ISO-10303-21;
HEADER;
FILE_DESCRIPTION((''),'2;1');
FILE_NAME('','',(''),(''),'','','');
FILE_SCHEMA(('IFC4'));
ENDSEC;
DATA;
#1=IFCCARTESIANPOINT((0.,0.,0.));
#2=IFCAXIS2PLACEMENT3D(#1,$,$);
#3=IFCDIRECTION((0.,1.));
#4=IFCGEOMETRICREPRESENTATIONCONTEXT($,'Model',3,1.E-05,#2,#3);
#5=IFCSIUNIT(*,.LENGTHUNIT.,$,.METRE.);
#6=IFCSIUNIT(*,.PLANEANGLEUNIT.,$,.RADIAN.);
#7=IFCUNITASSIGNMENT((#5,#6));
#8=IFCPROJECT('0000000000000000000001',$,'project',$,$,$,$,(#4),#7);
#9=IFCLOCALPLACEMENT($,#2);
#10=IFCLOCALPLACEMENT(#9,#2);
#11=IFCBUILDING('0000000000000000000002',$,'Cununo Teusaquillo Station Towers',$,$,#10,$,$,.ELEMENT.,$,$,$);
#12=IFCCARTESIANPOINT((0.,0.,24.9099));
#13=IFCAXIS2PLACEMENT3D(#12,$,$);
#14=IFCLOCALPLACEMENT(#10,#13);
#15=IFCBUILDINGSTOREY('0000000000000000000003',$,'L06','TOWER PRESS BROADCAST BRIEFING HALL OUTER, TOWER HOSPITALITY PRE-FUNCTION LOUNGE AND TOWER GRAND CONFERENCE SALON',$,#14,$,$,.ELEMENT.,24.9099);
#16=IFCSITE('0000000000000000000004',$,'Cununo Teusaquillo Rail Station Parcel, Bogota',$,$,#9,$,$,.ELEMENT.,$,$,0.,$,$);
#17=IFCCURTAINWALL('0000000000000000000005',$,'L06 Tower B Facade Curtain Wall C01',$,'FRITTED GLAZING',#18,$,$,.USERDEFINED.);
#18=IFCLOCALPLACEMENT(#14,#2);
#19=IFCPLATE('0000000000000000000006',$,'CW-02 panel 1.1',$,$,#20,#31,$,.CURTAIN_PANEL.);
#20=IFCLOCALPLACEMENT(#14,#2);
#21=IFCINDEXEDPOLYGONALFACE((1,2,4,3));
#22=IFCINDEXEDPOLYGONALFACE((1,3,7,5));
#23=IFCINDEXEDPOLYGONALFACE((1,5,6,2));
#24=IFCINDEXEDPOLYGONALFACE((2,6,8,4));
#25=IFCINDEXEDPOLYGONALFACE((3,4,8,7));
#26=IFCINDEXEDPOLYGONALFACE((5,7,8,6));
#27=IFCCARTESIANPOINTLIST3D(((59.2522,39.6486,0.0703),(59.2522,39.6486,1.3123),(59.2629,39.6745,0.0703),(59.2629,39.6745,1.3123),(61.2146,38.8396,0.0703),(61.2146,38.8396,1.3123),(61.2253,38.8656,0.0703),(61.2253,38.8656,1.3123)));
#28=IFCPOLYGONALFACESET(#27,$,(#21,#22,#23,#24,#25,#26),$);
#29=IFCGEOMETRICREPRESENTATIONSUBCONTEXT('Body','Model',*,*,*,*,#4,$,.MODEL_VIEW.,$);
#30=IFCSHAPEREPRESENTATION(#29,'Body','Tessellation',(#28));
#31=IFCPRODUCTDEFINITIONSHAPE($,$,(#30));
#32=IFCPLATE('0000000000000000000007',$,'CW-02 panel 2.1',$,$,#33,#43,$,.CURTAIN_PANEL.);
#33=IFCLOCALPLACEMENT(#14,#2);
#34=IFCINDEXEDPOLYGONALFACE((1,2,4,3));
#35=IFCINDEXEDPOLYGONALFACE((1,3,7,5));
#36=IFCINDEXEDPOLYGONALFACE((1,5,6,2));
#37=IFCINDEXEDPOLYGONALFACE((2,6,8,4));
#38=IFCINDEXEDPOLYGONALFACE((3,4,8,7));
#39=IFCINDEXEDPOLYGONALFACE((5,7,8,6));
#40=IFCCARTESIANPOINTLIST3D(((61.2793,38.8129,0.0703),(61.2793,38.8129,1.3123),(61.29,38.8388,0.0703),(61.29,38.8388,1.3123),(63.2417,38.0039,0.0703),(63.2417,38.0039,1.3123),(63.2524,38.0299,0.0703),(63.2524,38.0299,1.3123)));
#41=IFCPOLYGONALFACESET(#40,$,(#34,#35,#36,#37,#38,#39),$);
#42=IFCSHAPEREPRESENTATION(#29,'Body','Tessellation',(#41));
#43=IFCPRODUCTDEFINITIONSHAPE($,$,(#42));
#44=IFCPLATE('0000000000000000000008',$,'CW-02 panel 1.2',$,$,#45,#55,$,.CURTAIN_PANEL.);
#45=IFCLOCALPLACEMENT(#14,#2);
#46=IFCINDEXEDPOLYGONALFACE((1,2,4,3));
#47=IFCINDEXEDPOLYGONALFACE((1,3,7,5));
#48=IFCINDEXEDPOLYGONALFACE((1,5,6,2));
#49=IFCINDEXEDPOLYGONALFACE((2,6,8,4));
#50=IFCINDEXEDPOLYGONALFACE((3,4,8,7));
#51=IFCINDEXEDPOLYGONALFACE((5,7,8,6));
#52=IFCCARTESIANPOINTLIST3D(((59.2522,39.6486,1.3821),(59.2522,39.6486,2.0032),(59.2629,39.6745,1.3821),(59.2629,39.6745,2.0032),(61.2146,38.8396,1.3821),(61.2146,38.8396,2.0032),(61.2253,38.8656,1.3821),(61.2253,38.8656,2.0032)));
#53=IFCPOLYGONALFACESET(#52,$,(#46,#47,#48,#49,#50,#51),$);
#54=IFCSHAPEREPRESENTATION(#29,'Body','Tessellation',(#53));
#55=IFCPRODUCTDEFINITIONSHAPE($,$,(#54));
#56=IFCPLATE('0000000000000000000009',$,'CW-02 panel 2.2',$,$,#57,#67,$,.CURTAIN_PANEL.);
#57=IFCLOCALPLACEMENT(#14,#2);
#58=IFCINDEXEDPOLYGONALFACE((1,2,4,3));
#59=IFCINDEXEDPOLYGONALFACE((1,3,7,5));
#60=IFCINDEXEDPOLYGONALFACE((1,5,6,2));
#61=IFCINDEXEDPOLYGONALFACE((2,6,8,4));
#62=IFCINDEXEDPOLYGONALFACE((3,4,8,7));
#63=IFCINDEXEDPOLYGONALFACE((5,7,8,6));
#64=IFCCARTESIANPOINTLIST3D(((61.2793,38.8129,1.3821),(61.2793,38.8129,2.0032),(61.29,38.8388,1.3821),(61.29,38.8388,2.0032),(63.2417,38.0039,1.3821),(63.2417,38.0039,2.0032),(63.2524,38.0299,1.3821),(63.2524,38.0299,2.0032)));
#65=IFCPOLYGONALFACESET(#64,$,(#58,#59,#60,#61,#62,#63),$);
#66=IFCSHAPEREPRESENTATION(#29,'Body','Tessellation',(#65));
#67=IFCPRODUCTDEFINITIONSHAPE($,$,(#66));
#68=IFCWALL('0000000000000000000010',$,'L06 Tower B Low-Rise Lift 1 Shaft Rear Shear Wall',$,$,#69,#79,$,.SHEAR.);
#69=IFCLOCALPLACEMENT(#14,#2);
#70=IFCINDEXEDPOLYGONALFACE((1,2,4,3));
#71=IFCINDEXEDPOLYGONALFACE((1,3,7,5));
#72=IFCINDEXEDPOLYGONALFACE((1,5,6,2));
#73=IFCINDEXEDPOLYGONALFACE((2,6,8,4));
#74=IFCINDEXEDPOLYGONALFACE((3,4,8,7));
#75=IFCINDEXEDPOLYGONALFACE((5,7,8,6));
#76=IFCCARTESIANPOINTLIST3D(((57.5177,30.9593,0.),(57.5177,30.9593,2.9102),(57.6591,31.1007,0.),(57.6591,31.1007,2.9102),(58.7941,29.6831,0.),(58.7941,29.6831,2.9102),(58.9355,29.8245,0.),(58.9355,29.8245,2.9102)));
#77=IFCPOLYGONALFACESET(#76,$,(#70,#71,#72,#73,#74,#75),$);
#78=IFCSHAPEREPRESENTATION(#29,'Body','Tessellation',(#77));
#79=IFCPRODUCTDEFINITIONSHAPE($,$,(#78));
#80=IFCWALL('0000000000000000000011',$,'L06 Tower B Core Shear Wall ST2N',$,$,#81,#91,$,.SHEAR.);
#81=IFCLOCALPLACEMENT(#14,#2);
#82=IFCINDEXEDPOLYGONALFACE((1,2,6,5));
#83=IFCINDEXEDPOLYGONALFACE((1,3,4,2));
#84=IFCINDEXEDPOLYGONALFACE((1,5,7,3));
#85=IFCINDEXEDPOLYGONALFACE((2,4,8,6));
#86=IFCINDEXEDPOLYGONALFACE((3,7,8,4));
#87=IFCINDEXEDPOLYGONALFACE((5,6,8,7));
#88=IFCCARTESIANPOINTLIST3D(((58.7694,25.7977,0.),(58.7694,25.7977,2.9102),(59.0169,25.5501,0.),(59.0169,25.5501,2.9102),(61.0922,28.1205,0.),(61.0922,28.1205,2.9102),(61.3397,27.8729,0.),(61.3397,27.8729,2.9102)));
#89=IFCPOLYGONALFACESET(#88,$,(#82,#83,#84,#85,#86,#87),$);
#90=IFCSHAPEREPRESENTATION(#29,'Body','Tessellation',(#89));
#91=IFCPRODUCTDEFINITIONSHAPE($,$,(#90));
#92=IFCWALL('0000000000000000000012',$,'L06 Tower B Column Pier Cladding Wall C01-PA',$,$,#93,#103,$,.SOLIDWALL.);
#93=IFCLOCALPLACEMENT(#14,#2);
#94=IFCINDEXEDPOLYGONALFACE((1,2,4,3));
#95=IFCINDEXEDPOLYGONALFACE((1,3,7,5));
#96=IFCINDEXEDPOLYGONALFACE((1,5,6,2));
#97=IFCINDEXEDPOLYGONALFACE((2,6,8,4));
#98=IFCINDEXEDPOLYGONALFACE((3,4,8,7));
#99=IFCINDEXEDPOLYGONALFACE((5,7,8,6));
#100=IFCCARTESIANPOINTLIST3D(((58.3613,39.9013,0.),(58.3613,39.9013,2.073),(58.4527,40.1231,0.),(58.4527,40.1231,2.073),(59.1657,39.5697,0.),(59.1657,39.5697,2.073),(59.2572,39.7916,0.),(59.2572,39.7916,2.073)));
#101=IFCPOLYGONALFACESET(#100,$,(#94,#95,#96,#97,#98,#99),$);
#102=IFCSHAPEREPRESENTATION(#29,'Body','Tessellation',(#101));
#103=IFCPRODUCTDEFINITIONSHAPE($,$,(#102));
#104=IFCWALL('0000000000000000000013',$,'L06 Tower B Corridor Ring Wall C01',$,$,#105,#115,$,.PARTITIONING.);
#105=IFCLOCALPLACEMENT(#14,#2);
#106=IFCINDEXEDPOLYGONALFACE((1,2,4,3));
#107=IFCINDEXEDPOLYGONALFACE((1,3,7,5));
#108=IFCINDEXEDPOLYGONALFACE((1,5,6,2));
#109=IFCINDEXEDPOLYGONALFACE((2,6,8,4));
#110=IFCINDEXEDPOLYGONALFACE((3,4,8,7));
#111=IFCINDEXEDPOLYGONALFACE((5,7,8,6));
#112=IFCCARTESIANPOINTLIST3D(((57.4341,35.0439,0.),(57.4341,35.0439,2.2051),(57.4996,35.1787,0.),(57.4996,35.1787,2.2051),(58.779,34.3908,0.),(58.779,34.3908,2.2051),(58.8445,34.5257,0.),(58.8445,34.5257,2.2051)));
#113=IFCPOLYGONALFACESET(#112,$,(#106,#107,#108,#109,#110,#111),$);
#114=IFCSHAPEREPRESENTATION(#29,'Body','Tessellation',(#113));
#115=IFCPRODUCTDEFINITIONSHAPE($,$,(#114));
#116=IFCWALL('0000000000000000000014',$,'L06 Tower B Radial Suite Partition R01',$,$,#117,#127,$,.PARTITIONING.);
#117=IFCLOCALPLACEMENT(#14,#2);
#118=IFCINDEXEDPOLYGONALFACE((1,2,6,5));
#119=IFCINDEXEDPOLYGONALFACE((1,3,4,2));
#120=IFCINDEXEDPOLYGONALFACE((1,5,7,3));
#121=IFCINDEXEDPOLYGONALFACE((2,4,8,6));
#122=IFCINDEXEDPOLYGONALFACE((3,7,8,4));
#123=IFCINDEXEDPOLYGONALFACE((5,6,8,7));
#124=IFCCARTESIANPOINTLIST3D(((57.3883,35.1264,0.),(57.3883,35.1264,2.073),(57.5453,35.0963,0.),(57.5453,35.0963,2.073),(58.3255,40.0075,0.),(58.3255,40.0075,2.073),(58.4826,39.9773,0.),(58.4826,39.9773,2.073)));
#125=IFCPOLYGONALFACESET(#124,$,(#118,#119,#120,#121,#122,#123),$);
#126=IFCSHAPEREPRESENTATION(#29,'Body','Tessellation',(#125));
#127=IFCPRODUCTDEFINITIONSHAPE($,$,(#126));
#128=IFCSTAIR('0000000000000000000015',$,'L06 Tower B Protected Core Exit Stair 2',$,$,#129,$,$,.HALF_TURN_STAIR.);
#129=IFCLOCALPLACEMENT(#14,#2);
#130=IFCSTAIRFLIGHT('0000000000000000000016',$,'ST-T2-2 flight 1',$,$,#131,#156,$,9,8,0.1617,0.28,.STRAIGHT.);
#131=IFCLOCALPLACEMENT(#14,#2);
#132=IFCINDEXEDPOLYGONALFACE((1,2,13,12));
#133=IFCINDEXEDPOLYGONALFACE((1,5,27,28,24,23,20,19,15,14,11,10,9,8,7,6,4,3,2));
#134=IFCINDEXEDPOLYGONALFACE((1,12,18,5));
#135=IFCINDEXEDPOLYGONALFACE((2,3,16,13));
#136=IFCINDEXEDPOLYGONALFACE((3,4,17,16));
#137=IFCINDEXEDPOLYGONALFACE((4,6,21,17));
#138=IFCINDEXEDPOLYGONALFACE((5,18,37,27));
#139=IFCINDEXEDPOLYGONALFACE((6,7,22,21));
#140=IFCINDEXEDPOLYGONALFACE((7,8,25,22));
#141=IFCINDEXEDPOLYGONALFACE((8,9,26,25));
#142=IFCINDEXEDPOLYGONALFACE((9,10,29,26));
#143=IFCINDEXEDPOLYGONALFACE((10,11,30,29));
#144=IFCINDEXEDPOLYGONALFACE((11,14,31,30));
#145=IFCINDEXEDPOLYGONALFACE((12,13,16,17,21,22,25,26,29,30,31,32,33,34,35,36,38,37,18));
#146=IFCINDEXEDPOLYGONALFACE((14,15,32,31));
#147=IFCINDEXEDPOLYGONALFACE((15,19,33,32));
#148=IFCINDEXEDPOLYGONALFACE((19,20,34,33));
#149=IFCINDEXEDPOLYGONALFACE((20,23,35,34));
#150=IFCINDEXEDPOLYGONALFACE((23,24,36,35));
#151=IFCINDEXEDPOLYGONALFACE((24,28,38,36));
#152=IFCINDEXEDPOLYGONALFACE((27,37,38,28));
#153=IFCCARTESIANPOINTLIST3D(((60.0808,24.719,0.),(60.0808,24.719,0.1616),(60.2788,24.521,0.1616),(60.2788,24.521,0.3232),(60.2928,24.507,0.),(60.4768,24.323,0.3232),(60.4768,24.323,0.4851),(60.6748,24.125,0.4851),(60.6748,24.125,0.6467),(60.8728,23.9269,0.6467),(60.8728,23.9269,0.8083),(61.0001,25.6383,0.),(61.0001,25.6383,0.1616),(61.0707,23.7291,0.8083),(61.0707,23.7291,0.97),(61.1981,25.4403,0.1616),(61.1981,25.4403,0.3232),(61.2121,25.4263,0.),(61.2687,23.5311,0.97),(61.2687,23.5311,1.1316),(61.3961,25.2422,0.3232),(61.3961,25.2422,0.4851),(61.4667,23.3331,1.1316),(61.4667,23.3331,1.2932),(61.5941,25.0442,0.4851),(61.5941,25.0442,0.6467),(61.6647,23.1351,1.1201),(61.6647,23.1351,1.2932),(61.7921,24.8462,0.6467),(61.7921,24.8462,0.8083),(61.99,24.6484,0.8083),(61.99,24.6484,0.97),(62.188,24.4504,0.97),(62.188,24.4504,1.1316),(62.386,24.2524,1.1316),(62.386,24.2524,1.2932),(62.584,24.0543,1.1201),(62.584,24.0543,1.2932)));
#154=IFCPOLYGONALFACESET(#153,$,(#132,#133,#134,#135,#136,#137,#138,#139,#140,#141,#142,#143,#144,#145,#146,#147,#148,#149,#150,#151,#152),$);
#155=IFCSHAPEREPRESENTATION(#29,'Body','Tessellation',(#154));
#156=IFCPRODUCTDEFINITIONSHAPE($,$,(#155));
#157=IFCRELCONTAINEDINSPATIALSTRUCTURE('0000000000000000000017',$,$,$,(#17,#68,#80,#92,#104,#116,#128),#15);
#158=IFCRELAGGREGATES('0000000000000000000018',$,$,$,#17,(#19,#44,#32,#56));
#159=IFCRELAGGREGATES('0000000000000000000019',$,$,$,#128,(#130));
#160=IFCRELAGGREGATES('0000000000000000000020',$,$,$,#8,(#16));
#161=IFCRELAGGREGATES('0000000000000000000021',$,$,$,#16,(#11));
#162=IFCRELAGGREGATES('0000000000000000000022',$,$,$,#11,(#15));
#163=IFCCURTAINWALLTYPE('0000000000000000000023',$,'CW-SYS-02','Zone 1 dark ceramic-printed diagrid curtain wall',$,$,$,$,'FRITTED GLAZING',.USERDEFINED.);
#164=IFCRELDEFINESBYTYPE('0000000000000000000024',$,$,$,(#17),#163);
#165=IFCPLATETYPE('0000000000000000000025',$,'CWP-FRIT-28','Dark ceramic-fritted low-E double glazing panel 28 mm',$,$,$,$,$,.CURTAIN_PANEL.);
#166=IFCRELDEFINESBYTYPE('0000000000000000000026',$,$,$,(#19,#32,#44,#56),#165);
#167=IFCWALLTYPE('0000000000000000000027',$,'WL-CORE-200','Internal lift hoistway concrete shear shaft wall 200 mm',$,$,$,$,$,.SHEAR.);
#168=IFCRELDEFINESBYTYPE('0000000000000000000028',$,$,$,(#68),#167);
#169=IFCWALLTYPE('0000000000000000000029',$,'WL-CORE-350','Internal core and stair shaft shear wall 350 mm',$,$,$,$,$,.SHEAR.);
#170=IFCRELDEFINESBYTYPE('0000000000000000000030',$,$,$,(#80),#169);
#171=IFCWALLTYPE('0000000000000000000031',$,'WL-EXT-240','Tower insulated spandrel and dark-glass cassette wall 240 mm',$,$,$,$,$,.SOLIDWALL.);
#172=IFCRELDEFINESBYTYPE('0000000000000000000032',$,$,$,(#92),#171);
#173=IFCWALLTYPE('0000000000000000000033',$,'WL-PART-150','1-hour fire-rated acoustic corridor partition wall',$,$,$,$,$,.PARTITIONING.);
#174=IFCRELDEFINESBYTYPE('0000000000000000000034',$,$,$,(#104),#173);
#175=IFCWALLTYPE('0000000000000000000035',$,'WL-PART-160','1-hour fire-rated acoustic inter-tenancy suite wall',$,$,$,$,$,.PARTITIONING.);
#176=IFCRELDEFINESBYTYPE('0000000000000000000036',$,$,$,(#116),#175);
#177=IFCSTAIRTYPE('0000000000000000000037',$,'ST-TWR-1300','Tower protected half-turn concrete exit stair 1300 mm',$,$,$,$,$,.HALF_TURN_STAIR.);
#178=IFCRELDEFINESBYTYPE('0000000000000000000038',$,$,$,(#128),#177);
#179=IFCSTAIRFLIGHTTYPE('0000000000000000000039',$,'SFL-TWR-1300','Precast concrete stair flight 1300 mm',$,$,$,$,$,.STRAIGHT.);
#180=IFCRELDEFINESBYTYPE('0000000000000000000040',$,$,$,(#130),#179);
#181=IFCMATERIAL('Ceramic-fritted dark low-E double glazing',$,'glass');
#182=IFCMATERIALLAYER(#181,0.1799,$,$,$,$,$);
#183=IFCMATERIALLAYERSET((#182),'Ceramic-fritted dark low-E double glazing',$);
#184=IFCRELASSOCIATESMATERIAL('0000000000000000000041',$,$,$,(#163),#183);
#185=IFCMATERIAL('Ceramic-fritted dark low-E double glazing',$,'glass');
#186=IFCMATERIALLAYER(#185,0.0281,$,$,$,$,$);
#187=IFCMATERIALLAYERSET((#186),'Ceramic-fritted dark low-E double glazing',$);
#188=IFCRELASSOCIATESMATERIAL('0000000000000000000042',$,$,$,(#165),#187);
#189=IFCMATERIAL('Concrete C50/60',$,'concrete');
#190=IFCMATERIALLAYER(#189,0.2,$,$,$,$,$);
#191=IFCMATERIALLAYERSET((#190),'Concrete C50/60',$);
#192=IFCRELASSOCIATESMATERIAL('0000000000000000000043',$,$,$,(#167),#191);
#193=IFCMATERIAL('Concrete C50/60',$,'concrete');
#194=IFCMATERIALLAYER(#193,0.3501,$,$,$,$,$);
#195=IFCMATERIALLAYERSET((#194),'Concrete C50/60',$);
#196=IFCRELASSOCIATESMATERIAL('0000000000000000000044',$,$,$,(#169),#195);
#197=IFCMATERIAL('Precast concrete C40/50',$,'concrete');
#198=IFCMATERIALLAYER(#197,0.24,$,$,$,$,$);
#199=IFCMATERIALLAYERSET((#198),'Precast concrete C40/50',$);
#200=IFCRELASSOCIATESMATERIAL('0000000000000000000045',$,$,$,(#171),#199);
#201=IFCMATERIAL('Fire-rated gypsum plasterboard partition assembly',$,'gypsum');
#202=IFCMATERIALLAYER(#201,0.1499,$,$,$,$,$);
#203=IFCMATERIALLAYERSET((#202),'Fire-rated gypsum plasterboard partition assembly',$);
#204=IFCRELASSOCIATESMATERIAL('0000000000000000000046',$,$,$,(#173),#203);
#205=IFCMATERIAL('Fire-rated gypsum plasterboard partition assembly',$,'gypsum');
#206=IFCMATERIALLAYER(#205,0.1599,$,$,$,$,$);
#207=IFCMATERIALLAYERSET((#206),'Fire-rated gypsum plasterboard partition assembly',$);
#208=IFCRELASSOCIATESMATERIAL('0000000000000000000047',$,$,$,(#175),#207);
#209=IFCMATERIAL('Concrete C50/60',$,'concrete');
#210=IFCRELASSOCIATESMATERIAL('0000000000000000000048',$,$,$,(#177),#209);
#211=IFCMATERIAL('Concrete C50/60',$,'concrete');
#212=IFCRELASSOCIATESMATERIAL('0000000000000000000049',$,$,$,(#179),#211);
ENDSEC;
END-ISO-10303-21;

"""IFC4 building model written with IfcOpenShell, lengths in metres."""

from ifc_helpers import new_model, si_unit, direction, frame, frame_2d, origin, origin_2d, place, context, subcontext, project, spatial, polyline, rectangle, outline, extrude, source, transform, mapped, material, layer, layer_set, type_object, element, aggregate, save


model = new_model("IFC4")

# Units and contexts
model_context = context("Model", 3, precision=1e-05, world=origin(), true_north=direction((0.0, 1.0)))
body_context = subcontext(model_context, "Body", "Model", "MODEL_VIEW")
ifc_project = project(units=[si_unit("LENGTHUNIT", "METRE"), si_unit("PLANEANGLEUNIT", "RADIAN")], contexts=[model_context])

# Site, building, storey
site_placement = place(None, origin())
site = spatial("IfcSite", under=ifc_project, at=site_placement, Name="Cununo Teusaquillo Rail Station Parcel, Bogota", CompositionType="ELEMENT", RefElevation=0.0)
building_placement = place(site_placement, origin())
building = spatial("IfcBuilding", under=site, at=building_placement, Name="Cununo Teusaquillo Station Towers", CompositionType="ELEMENT")
storey_placement = place(building_placement, frame((0.0, 0.0, 24.9099)))
storey = spatial("IfcBuildingStorey", under=building, at=storey_placement, Name="L06", Description="TOWER PRESS BROADCAST BRIEFING HALL OUTER, TOWER HOSPITALITY PRE-FUNCTION LOUNGE AND TOWER GRAND CONFERENCE SALON", CompositionType="ELEMENT", Elevation=24.9099)

# Curtain wall, plates
ifc_material_1 = material(Name="Ceramic-fritted dark low-E double glazing", Category="glass")
ifc_layer_1 = layer(ifc_material_1, 0.1799)
ifc_layer_set_1 = layer_set([ifc_layer_1], Name="Ceramic-fritted dark low-E double glazing")
curtain_wall_type = type_object("IfcCurtainWallType", Name="CW-SYS-02", Description="Zone 1 dark ceramic-printed diagrid curtain wall", ElementType="FRITTED GLAZING", PredefinedType="USERDEFINED", material=ifc_layer_set_1)
curtain_wall_placement = place(storey_placement, origin())
curtain_wall = element("IfcCurtainWall", 1, at=curtain_wall_placement, inside=storey, type_object=curtain_wall_type, Name="L06 Tower B Facade Curtain Wall C01", ObjectType="FRITTED GLAZING", PredefinedType="USERDEFINED")
ifc_material_2 = material(Name="Ceramic-fritted dark low-E double glazing", Category="glass")
ifc_layer_2 = layer(ifc_material_2, 0.0281)
ifc_layer_set_2 = layer_set([ifc_layer_2], Name="Ceramic-fritted dark low-E double glazing")
plate_type = type_object("IfcPlateType", Name="CWP-FRIT-28", Description="Dark ceramic-fritted low-E double glazing panel 28 mm", PredefinedType="CURTAIN_PANEL", material=ifc_layer_set_2)
shared_shape_1 = source(origin(), body_context, "Body", "SweptSolid", [
    extrude(rectangle(XDim=2.1226, YDim=0.0281, at=origin_2d()), origin(), (0.0, 0.0, 1.0), 1.2419),
])
plate_1_placement = place(storey_placement, frame((60.2388, 39.2571, 0.0703), z_axis=(0.0, 0.0, 1.0), x_axis=(0.924525, -0.381122, 0.0)))
plate_1 = element("IfcPlate", 2, at=plate_1_placement, type_object=plate_type, Name="CW-02 panel 1.1", PredefinedType="CURTAIN_PANEL", context=body_context, shape_type="MappedRepresentation", body=[
    mapped(shared_shape_1, transform((0.0, 0.0, 0.0), x_axis=(1.0, 0.0, 0.0), y_axis=(0.0, 1.0, 0.0), z_axis=(0.0, 0.0, 1.0), scale=1.0)),
])
plate_2_placement = place(storey_placement, frame((62.2659, 38.4214, 0.0703), z_axis=(0.0, 0.0, 1.0), x_axis=(0.924525, -0.381122, 0.0)))
plate_2 = element("IfcPlate", 3, at=plate_2_placement, type_object=plate_type, Name="CW-02 panel 2.1", PredefinedType="CURTAIN_PANEL", context=body_context, shape_type="MappedRepresentation", body=[
    mapped(shared_shape_1, transform((0.0, 0.0, 0.0), x_axis=(1.0, 0.0, 0.0), y_axis=(0.0, 1.0, 0.0), z_axis=(0.0, 0.0, 1.0), scale=1.0)),
])
shared_shape_2 = source(origin(), body_context, "Body", "SweptSolid", [
    extrude(rectangle(XDim=2.1226, YDim=0.0281, at=origin_2d()), origin(), (0.0, 0.0, 1.0), 0.6211),
])
plate_3_placement = place(storey_placement, frame((60.2388, 39.2571, 1.3821), z_axis=(0.0, 0.0, 1.0), x_axis=(0.924525, -0.381122, 0.0)))
plate_3 = element("IfcPlate", 4, at=plate_3_placement, type_object=plate_type, Name="CW-02 panel 1.2", PredefinedType="CURTAIN_PANEL", context=body_context, shape_type="MappedRepresentation", body=[
    mapped(shared_shape_2, transform((0.0, 0.0, 0.0), x_axis=(1.0, 0.0, 0.0), y_axis=(0.0, 1.0, 0.0), z_axis=(0.0, 0.0, 1.0), scale=1.0)),
])
plate_4_placement = place(storey_placement, frame((62.2659, 38.4214, 1.3821), z_axis=(0.0, 0.0, 1.0), x_axis=(0.924525, -0.381122, 0.0)))
plate_4 = element("IfcPlate", 5, at=plate_4_placement, type_object=plate_type, Name="CW-02 panel 2.2", PredefinedType="CURTAIN_PANEL", context=body_context, shape_type="MappedRepresentation", body=[
    mapped(shared_shape_2, transform((0.0, 0.0, 0.0), x_axis=(1.0, 0.0, 0.0), y_axis=(0.0, 1.0, 0.0), z_axis=(0.0, 0.0, 1.0), scale=1.0)),
])
aggregate(curtain_wall, [plate_1, plate_3, plate_2, plate_4])

# Walls
ifc_material_3 = material(Name="Concrete C50/60", Category="concrete")
ifc_layer_3 = layer(ifc_material_3, 0.2)
ifc_layer_set_3 = layer_set([ifc_layer_3], Name="Concrete C50/60")
wall_type_1 = type_object("IfcWallType", Name="WL-CORE-200", Description="Internal lift hoistway concrete shear shaft wall 200 mm", PredefinedType="SHEAR", material=ifc_layer_set_3)
wall_1_placement = place(storey_placement, frame((58.8647, 29.7539, 0.0), z_axis=(0.0, 0.0, 1.0), x_axis=(-0.707174, 0.707039, 0.0)))
element("IfcWall", 6, at=wall_1_placement, inside=storey, type_object=wall_type_1, Name="L06 Tower B Low-Rise Lift 1 Shaft Rear Shear Wall", PredefinedType="SHEAR", context=body_context, shape_type="SweptSolid", body=[
    extrude(rectangle(XDim=1.8049, YDim=0.2, at=frame_2d((0.9023, 0.0))), origin(), (0.0, 0.0, 1.0), 2.9102),
])
ifc_material_4 = material(Name="Concrete C50/60", Category="concrete")
ifc_layer_4 = layer(ifc_material_4, 0.3501)
ifc_layer_set_4 = layer_set([ifc_layer_4], Name="Concrete C50/60")
wall_type_2 = type_object("IfcWallType", Name="WL-CORE-350", Description="Internal core and stair shaft shear wall 350 mm", PredefinedType="SHEAR", material=ifc_layer_set_4)
wall_2_placement = place(storey_placement, frame((58.8931, 25.6738, 0.0), z_axis=(0.0, 0.0, 1.0), x_axis=(0.707107, 0.707107, 0.0)))
element("IfcWall", 7, at=wall_2_placement, inside=storey, type_object=wall_type_2, Name="L06 Tower B Core Shear Wall ST2N", PredefinedType="SHEAR", context=body_context, shape_type="SweptSolid", body=[
    extrude(rectangle(XDim=3.2849, YDim=0.3501, at=frame_2d((1.6426, 0.0))), origin(), (0.0, 0.0, 1.0), 2.9102),
])
ifc_material_5 = material(Name="Precast concrete C40/50", Category="concrete")
ifc_layer_5 = layer(ifc_material_5, 0.24)
ifc_layer_set_5 = layer_set([ifc_layer_5], Name="Precast concrete C40/50")
wall_type_3 = type_object("IfcWallType", Name="WL-EXT-240", Description="Tower insulated spandrel and dark-glass cassette wall 240 mm", PredefinedType="SOLIDWALL", material=ifc_layer_set_5)
wall_3_placement = place(storey_placement, frame((58.407, 40.0122, 0.0), z_axis=(0.0, 0.0, 1.0), x_axis=(0.924556, -0.381046, 0.0)))
element("IfcWall", 8, at=wall_3_placement, inside=storey, type_object=wall_type_3, Name="L06 Tower B Column Pier Cladding Wall C01-PA", PredefinedType="SOLIDWALL", context=body_context, shape_type="SweptSolid", body=[
    extrude(rectangle(XDim=0.8701, YDim=0.24, at=frame_2d((0.4351, 0.0))), origin(), (0.0, 0.0, 1.0), 2.073),
])
ifc_material_6 = material(Name="Fire-rated gypsum plasterboard partition assembly", Category="gypsum")
ifc_layer_6 = layer(ifc_material_6, 0.1499)
ifc_layer_set_6 = layer_set([ifc_layer_6], Name="Fire-rated gypsum plasterboard partition assembly")
wall_type_4 = type_object("IfcWallType", Name="WL-PART-150", Description="1-hour fire-rated acoustic corridor partition wall", PredefinedType="PARTITIONING", material=ifc_layer_set_6)
wall_4_placement = place(storey_placement, frame((58.8118, 34.4583, 0.0), z_axis=(0.0, 0.0, 1.0), x_axis=(-0.899559, 0.436798, 0.0)))
element("IfcWall", 9, at=wall_4_placement, inside=storey, type_object=wall_type_4, Name="L06 Tower B Corridor Ring Wall C01", PredefinedType="PARTITIONING", context=body_context, shape_type="SweptSolid", body=[
    extrude(rectangle(XDim=1.4951, YDim=0.1499, at=frame_2d((0.7476, 0.0))), origin(), (0.0, 0.0, 1.0), 2.2051),
])
ifc_material_7 = material(Name="Fire-rated gypsum plasterboard partition assembly", Category="gypsum")
ifc_layer_7 = layer(ifc_material_7, 0.1599)
ifc_layer_set_7 = layer_set([ifc_layer_7], Name="Fire-rated gypsum plasterboard partition assembly")
wall_type_5 = type_object("IfcWallType", Name="WL-PART-160", Description="1-hour fire-rated acoustic inter-tenancy suite wall", PredefinedType="PARTITIONING", material=ifc_layer_set_7)
wall_5_placement = place(storey_placement, frame((57.4668, 35.1113, 0.0), z_axis=(0.0, 0.0, 1.0), x_axis=(0.188572, 0.982059, 0.0)))
element("IfcWall", 10, at=wall_5_placement, inside=storey, type_object=wall_type_5, Name="L06 Tower B Radial Suite Partition R01", PredefinedType="PARTITIONING", context=body_context, shape_type="SweptSolid", body=[
    extrude(rectangle(XDim=4.9702, YDim=0.1599, at=frame_2d((2.4851, 0.0))), origin(), (0.0, 0.0, 1.0), 2.073),
])

# Stair, stair flight
ifc_material_8 = material(Name="Concrete C50/60", Category="concrete")
stair_type = type_object("IfcStairType", Name="ST-TWR-1300", Description="Tower protected half-turn concrete exit stair 1300 mm", PredefinedType="HALF_TURN_STAIR", material=ifc_material_8)
stair_placement = place(storey_placement, origin())
stair = element("IfcStair", 11, at=stair_placement, inside=storey, type_object=stair_type, Name="L06 Tower B Protected Core Exit Stair 2", PredefinedType="HALF_TURN_STAIR")
ifc_material_9 = material(Name="Concrete C50/60", Category="concrete")
stair_flight_type = type_object("IfcStairFlightType", Name="SFL-TWR-1300", Description="Precast concrete stair flight 1300 mm", PredefinedType="STRAIGHT", material=ifc_material_9)
stair_flight_placement = place(storey_placement, frame((60.5405, 25.1787, 0.0), z_axis=(0.0, 0.0, 1.0), x_axis=(0.707107, -0.707107, 0.0)))
stair_flight = element("IfcStairFlight", 12, at=stair_flight_placement, type_object=stair_flight_type, Name="ST-T2-2 flight 1", NumberOfRisers=9, NumberOfTreads=8, PredefinedType="STRAIGHT", RiserHeight=0.1617, TreadLength=0.28, context=body_context, shape_type="SweptSolid", body=[
    extrude(outline(polyline([(0.0, 0.0), (0.0, 0.1616), (0.28, 0.1616), (0.28, 0.3232), (0.5601, 0.3232), (0.5601, 0.4851), (0.8401, 0.4851), (0.8401, 0.6467), (1.1201, 0.6467), (1.1201, 0.8083), (1.3999, 0.8083), (1.3999, 0.97), (1.6799, 0.97), (1.6799, 1.1316), (1.96, 1.1316), (1.96, 1.2932), (2.24, 1.2932), (2.24, 1.4551), (2.24, 1.1201), (0.2998, 0.0), (0.0, 0.0)])), frame((0.0, 0.6499, 0.0), z_axis=(0.0, -1.0, 0.0), x_axis=(1.0, 0.0, 0.0)), (0.0, 0.0, 1.0), 1.3),
])
aggregate(stair, [stair_flight])

save(model, "model.ifc")
